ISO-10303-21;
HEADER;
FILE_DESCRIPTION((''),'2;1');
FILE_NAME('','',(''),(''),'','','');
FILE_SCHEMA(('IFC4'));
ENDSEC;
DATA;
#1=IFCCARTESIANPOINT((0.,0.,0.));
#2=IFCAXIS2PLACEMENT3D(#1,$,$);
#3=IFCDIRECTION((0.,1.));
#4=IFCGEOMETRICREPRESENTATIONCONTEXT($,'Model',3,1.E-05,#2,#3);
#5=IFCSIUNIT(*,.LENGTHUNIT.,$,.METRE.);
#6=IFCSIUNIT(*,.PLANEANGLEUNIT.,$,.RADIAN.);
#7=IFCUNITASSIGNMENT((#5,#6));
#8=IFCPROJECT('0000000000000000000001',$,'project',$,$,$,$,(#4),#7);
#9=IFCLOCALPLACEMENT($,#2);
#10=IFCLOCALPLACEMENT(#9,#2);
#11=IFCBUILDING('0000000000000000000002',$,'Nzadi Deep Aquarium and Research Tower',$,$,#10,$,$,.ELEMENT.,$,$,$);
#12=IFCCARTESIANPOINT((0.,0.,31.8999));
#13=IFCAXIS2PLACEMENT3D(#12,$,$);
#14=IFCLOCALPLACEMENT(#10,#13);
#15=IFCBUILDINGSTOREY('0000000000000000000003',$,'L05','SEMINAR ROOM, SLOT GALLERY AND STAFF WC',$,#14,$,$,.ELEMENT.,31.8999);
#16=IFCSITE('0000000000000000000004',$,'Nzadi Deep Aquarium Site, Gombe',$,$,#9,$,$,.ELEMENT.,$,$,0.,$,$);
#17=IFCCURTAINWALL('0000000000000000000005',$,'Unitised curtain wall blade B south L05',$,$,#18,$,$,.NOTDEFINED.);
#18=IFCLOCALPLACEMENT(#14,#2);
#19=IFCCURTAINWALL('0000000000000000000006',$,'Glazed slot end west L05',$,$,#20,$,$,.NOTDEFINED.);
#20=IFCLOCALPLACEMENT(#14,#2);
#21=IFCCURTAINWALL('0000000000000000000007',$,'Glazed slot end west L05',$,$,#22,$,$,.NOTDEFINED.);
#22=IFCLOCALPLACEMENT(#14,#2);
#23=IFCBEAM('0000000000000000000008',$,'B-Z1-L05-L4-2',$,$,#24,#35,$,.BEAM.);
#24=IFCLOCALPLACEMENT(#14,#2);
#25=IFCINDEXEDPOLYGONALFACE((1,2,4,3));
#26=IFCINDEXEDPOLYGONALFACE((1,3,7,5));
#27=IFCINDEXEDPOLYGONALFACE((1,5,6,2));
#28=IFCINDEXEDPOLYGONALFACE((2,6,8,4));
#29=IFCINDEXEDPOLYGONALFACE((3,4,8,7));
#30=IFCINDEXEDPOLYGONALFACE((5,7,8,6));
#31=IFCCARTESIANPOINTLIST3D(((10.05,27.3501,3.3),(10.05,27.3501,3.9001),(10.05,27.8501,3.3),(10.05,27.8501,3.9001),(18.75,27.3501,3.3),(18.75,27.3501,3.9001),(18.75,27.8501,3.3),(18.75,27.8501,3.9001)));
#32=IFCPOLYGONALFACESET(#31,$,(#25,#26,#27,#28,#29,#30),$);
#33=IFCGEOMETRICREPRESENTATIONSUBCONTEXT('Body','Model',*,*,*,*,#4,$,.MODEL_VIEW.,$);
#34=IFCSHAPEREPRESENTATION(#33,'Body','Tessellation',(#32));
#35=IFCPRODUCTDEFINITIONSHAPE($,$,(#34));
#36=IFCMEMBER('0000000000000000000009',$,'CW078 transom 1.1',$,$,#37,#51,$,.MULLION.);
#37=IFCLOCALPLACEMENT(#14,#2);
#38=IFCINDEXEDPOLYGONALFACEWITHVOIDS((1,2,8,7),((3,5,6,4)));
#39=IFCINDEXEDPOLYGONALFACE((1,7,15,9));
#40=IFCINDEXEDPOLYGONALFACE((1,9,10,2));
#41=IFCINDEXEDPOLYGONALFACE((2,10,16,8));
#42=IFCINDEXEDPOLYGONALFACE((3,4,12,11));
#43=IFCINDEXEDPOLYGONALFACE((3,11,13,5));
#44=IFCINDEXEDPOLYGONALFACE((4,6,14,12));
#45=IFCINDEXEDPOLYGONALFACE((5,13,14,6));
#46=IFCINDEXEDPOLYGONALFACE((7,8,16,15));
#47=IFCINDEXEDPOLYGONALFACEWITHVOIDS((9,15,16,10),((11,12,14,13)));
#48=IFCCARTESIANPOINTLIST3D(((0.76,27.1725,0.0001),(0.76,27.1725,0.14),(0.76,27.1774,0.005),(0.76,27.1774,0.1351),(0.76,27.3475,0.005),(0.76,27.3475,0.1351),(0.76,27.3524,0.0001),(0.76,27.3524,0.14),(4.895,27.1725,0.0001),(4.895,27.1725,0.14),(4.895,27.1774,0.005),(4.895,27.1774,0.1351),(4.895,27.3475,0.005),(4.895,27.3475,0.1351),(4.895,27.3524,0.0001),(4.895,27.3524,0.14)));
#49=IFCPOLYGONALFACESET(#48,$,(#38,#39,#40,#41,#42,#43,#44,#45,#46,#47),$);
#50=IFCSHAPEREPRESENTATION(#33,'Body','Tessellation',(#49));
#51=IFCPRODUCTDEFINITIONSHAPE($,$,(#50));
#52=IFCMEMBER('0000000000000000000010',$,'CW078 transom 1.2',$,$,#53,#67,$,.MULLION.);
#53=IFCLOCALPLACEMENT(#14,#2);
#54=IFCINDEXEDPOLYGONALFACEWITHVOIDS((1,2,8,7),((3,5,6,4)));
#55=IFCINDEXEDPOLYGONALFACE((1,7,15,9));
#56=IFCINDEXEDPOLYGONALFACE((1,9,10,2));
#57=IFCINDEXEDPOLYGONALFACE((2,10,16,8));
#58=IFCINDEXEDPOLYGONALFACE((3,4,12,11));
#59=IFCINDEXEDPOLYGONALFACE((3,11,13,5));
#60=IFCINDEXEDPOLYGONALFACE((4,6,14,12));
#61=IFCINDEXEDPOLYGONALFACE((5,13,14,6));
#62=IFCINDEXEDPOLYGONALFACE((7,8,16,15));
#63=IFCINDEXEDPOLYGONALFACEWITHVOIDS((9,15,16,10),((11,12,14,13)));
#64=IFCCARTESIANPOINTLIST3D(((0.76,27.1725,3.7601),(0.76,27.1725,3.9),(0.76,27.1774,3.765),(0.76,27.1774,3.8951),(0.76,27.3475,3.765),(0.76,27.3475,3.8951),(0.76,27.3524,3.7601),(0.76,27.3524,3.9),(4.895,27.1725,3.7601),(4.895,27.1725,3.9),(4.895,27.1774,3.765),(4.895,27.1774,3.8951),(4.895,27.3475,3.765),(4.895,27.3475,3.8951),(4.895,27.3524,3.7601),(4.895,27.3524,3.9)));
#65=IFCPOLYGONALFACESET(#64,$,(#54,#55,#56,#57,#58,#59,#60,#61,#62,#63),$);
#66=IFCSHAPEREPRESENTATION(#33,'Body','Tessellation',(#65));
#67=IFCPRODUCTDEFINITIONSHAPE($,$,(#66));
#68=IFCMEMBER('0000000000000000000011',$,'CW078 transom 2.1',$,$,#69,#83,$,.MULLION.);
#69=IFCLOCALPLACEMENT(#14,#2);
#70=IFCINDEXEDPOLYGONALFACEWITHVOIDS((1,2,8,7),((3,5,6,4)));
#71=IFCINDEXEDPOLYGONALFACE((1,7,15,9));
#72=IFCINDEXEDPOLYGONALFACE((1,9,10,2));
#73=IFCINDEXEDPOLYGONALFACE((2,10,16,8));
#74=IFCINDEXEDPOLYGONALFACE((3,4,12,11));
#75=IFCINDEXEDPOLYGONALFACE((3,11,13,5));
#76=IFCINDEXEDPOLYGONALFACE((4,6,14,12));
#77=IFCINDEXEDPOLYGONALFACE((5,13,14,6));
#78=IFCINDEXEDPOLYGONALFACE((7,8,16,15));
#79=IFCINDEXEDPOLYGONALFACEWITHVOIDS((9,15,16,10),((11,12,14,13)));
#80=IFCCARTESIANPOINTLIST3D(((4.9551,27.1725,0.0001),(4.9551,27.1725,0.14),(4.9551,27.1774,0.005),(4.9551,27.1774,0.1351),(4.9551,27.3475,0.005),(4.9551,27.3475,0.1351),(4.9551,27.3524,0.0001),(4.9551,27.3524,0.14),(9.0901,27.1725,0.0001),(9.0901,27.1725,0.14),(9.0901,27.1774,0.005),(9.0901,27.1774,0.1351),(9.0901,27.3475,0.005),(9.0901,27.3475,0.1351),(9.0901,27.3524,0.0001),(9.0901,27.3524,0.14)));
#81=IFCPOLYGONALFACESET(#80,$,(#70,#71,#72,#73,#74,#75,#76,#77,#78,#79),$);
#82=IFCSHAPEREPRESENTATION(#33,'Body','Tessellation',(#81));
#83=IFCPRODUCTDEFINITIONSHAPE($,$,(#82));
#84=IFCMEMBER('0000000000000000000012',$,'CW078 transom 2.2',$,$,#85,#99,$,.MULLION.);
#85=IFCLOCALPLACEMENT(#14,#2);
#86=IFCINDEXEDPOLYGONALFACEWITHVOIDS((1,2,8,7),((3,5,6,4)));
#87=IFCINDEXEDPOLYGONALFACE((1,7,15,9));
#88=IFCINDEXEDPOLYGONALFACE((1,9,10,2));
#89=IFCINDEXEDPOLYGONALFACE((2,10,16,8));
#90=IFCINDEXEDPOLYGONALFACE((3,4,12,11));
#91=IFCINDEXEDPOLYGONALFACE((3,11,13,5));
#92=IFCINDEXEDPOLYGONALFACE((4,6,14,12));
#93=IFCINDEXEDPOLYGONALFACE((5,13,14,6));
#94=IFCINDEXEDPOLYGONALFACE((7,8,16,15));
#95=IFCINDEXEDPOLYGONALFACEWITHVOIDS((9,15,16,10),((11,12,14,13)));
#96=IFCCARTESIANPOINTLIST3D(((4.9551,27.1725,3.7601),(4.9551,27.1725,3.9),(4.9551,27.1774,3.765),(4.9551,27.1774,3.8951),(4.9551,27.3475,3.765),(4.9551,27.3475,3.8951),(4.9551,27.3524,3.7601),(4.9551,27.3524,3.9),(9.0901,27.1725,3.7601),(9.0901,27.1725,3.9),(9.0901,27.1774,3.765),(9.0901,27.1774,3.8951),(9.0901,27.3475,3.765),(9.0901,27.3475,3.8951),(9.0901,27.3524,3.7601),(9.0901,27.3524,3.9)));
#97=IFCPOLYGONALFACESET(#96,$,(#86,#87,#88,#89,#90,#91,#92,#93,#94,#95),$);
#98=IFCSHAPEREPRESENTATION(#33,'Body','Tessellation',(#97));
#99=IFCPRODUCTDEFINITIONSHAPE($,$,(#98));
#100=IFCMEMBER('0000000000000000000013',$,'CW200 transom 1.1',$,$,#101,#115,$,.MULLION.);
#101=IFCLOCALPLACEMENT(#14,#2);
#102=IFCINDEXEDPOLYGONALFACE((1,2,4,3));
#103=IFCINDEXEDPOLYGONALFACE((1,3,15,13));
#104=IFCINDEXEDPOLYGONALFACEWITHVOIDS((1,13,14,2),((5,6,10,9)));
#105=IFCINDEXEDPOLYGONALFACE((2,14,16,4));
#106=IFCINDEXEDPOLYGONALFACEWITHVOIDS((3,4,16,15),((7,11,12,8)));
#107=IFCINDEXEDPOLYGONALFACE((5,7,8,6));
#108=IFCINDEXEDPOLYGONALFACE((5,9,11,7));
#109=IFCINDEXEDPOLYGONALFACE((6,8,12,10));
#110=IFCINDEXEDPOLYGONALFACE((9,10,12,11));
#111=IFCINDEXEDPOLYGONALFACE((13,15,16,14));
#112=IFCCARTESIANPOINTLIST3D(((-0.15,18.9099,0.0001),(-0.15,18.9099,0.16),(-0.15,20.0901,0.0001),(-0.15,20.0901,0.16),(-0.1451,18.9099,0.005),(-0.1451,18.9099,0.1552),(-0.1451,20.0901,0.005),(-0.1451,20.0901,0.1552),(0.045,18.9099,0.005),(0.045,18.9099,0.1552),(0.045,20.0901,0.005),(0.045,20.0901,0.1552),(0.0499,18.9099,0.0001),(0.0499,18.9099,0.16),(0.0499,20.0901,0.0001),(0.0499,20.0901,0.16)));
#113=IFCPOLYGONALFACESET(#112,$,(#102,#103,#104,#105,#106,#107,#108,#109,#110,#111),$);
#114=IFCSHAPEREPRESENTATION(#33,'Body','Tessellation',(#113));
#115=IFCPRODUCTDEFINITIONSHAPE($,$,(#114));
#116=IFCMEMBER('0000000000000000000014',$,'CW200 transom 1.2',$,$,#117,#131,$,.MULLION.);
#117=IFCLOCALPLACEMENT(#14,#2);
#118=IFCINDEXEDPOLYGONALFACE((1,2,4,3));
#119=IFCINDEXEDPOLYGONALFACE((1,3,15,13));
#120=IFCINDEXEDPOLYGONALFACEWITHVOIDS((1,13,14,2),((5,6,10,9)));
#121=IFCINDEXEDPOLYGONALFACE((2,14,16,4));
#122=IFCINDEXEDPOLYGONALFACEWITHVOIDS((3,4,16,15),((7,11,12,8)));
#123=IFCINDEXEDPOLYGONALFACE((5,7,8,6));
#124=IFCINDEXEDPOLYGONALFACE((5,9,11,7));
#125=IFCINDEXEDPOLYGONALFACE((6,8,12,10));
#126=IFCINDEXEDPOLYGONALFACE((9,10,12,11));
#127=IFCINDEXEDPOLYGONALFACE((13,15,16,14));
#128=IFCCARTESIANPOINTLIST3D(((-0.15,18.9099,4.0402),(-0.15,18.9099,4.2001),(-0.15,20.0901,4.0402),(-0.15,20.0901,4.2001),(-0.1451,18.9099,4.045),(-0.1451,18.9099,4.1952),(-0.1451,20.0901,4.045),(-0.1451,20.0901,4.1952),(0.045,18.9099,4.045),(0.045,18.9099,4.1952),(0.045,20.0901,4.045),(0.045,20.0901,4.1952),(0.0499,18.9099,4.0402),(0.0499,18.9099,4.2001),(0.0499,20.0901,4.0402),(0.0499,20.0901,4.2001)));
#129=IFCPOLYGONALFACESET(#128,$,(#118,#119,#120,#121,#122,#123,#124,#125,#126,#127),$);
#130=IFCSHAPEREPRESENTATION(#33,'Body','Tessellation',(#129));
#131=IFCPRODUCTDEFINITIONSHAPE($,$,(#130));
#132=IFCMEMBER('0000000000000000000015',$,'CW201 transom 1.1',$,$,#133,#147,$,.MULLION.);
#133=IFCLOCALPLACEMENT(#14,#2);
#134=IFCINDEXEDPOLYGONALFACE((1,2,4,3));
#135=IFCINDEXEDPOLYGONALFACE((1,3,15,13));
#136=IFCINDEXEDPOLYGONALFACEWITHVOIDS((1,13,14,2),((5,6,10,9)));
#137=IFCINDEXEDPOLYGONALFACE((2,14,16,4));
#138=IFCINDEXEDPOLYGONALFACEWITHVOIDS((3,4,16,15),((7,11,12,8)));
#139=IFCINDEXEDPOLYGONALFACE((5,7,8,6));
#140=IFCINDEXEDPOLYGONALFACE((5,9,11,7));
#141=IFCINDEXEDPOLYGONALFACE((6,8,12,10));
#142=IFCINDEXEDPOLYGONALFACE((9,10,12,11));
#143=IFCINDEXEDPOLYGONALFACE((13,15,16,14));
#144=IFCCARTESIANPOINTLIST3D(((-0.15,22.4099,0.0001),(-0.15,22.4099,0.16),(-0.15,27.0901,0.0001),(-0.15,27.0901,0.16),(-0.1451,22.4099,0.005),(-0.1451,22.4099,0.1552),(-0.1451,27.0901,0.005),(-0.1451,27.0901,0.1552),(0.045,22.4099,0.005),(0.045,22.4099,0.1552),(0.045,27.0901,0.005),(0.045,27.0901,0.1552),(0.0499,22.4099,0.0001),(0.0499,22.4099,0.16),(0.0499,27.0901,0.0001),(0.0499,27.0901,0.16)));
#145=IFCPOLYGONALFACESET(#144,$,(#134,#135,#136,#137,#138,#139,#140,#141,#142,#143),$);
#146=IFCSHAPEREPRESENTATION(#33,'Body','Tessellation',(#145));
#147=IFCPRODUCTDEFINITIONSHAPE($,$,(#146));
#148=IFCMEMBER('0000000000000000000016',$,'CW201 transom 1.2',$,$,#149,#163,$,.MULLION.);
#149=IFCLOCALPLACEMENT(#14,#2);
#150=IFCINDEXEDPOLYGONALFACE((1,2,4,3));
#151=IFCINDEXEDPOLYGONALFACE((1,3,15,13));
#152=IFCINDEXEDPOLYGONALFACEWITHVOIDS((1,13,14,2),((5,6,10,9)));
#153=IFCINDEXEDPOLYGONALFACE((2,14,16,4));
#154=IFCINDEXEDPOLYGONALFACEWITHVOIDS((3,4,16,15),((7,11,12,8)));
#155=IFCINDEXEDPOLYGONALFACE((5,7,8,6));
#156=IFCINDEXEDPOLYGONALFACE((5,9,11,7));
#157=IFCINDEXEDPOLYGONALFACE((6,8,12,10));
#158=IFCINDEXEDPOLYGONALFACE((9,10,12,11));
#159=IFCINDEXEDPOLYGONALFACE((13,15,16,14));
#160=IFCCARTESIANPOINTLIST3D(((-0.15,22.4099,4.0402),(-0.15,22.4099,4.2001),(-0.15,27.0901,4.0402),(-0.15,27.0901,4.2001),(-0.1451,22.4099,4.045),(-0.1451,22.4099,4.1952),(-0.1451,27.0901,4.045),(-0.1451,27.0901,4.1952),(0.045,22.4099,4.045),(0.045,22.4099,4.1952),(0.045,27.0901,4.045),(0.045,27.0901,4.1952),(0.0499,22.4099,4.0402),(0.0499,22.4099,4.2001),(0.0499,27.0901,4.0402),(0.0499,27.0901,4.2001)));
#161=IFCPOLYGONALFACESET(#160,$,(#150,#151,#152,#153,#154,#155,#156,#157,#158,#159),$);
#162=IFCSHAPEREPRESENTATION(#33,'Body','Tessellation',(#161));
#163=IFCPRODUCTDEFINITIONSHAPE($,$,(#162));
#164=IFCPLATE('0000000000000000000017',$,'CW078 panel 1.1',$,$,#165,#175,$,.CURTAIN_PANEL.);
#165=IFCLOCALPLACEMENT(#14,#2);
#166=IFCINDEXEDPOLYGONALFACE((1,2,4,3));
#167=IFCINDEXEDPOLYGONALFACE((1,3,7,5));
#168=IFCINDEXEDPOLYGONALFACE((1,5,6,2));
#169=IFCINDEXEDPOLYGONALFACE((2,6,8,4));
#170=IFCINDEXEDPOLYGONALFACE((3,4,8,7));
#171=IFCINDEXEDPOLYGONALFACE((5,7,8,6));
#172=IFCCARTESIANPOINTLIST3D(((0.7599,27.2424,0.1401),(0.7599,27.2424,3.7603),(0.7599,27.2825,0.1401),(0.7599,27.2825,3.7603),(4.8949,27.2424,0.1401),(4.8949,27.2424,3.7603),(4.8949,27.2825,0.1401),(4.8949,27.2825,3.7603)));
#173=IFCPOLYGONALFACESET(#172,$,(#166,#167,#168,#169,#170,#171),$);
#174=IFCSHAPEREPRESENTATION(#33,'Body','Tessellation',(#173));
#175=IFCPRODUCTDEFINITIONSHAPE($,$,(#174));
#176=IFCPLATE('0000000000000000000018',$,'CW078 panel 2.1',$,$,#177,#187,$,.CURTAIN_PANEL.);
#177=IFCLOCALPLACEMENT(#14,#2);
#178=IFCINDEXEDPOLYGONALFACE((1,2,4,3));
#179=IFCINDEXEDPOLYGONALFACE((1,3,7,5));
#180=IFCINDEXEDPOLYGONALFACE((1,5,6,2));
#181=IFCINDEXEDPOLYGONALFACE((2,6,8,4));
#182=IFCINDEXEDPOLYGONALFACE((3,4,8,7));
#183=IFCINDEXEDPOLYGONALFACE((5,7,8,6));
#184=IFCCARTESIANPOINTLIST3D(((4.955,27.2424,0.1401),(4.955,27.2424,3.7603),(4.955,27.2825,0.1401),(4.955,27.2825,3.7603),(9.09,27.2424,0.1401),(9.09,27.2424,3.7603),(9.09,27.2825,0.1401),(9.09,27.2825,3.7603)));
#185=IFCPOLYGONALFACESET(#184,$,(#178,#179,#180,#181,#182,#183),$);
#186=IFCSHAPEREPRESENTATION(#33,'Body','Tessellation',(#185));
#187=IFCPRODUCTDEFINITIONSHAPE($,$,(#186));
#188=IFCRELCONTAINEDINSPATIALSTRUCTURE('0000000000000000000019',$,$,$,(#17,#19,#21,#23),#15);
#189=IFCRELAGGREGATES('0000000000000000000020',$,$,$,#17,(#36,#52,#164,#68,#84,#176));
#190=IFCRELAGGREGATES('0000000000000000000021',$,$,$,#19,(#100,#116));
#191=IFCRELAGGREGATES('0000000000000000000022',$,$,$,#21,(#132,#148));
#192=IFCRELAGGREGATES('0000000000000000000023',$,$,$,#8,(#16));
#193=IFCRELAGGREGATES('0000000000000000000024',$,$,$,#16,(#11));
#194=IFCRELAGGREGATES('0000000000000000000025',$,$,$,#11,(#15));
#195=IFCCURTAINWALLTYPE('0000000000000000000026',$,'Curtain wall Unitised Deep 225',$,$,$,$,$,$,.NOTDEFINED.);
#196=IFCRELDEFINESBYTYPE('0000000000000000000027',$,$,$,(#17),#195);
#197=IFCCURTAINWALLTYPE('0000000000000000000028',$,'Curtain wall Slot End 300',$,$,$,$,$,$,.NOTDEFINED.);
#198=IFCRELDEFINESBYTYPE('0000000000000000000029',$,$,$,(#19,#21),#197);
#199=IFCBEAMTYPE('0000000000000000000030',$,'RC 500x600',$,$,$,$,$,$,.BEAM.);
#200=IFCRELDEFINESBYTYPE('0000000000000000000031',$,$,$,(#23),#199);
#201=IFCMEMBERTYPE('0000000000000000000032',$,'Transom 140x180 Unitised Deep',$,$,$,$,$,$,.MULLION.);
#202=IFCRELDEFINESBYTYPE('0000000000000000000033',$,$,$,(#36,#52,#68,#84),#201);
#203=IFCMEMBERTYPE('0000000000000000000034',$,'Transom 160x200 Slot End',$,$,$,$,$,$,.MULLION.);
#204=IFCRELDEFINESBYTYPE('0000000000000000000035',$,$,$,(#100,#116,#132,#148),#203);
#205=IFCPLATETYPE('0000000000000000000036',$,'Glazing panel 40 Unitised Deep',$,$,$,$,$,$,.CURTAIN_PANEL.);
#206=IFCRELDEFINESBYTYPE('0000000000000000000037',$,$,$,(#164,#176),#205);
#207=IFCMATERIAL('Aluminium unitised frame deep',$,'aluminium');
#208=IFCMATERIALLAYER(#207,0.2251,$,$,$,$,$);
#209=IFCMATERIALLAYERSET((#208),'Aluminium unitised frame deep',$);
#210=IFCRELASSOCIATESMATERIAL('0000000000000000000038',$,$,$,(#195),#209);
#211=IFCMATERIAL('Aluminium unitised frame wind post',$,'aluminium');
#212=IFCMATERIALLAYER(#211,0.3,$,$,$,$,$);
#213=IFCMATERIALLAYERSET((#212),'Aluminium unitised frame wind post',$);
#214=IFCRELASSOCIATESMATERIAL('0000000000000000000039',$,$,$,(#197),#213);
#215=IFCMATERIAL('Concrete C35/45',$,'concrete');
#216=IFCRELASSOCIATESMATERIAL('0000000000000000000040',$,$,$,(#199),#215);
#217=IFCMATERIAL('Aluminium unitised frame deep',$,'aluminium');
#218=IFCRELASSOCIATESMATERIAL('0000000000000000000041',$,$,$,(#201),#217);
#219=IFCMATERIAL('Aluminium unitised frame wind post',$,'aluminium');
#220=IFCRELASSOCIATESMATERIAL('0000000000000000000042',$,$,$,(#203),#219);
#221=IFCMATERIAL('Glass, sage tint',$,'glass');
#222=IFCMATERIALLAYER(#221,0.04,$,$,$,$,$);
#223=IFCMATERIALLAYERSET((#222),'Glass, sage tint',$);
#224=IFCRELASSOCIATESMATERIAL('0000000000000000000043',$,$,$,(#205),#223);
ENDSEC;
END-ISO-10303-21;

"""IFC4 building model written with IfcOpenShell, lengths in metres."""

from ifc_helpers import new_model, si_unit, direction, frame, origin, origin_2d, place, context, subcontext, project, spatial, rectangle, hollow_rectangle, extrude, material, layer, layer_set, material_profile, profile_set, type_object, element, aggregate, save


model = new_model("IFC4")

# Units and contexts
model_context = context("Model", 3, precision=1e-05, world=origin(), true_north=direction((0.0, 1.0)))
body_context = subcontext(model_context, "Body", "Model", "MODEL_VIEW")
ifc_project = project(units=[si_unit("LENGTHUNIT", "METRE"), si_unit("PLANEANGLEUNIT", "RADIAN")], contexts=[model_context])

# Site, building, storey
site_placement = place(None, origin())
site = spatial("IfcSite", under=ifc_project, at=site_placement, Name="Nzadi Deep Aquarium Site, Gombe", CompositionType="ELEMENT", RefElevation=0.0)
building_placement = place(site_placement, origin())
building = spatial("IfcBuilding", under=site, at=building_placement, Name="Nzadi Deep Aquarium and Research Tower", CompositionType="ELEMENT")
storey_placement = place(building_placement, frame((0.0, 0.0, 31.8999)))
storey = spatial("IfcBuildingStorey", under=building, at=storey_placement, Name="L05", Description="SEMINAR ROOM, SLOT GALLERY AND STAFF WC", CompositionType="ELEMENT", Elevation=31.8999)

# Curtain walls
ifc_material_1 = material(Name="Aluminium unitised frame deep", Category="aluminium")
ifc_layer_1 = layer(ifc_material_1, 0.2251)
ifc_layer_set_1 = layer_set([ifc_layer_1], Name="Aluminium unitised frame deep")
curtain_wall_type_1 = type_object("IfcCurtainWallType", Name="Curtain wall Unitised Deep 225", PredefinedType="NOTDEFINED", material=ifc_layer_set_1)
curtain_wall_1_placement = place(storey_placement, origin())
curtain_wall_1 = element("IfcCurtainWall", 1, at=curtain_wall_1_placement, inside=storey, type_object=curtain_wall_type_1, Name="Unitised curtain wall blade B south L05", PredefinedType="NOTDEFINED")
ifc_material_2 = material(Name="Aluminium unitised frame wind post", Category="aluminium")
ifc_layer_2 = layer(ifc_material_2, 0.3)
ifc_layer_set_2 = layer_set([ifc_layer_2], Name="Aluminium unitised frame wind post")
curtain_wall_type_2 = type_object("IfcCurtainWallType", Name="Curtain wall Slot End 300", PredefinedType="NOTDEFINED", material=ifc_layer_set_2)
curtain_wall_2_placement = place(storey_placement, origin())
curtain_wall_2 = element("IfcCurtainWall", 2, at=curtain_wall_2_placement, inside=storey, type_object=curtain_wall_type_2, Name="Glazed slot end west L05", PredefinedType="NOTDEFINED")
curtain_wall_3_placement = place(storey_placement, origin())
curtain_wall_3 = element("IfcCurtainWall", 3, at=curtain_wall_3_placement, inside=storey, type_object=curtain_wall_type_2, Name="Glazed slot end west L05", PredefinedType="NOTDEFINED")

# Beam
ifc_material_3 = material(Name="Concrete C35/45", Category="concrete")
ifc_material_profile_1 = material_profile(ifc_material_3, rectangle(XDim=0.5, YDim=0.6001, at=origin_2d()))
ifc_profile_set_1 = profile_set([ifc_material_profile_1], Name="Concrete C35/45")
beam_type = type_object("IfcBeamType", Name="RC 500x600", PredefinedType="BEAM", material=ifc_profile_set_1)
beam_1_placement = place(storey_placement, frame((10.05, 27.6001, 3.6001), z_axis=(1.0, 0.0, 0.0), x_axis=(0.0, 1.0, 0.0)))
element("IfcBeam", 4, at=beam_1_placement, inside=storey, type_object=beam_type, Name="B-Z1-L05-L4-2", PredefinedType="BEAM", context=body_context, shape_type="SweptSolid", body=[
    extrude(rectangle(XDim=0.5, YDim=0.6001, at=origin_2d()), origin(), (0.0, 0.0, 1.0), 8.7),
])

# Members
ifc_material_4 = material(Name="Aluminium unitised frame deep", Category="aluminium")
ifc_material_profile_2 = material_profile(ifc_material_4, hollow_rectangle(XDim=0.1799, YDim=0.1399, WallThickness=0.0049, at=origin_2d()))
ifc_profile_set_2 = profile_set([ifc_material_profile_2], Name="Aluminium unitised frame deep")
member_type_1 = type_object("IfcMemberType", Name="Transom 140x180 Unitised Deep", PredefinedType="MULLION", material=ifc_profile_set_2)
member_1_placement = place(storey_placement, frame((0.76, 27.2625, 0.0701), z_axis=(1.0, 0.0, 0.0), x_axis=(0.0, 1.0, 0.0)))
member_1 = element("IfcMember", 5, at=member_1_placement, type_object=member_type_1, Name="CW078 transom 1.1", PredefinedType="MULLION", context=body_context, shape_type="SweptSolid", body=[
    extrude(hollow_rectangle(XDim=0.1799, YDim=0.1399, WallThickness=0.0049, at=origin_2d()), origin(), (0.0, 0.0, 1.0), 4.135),
])
member_2_placement = place(storey_placement, frame((0.76, 27.2625, 3.8301), z_axis=(1.0, 0.0, 0.0), x_axis=(0.0, 1.0, 0.0)))
member_2 = element("IfcMember", 6, at=member_2_placement, type_object=member_type_1, Name="CW078 transom 1.2", PredefinedType="MULLION", context=body_context, shape_type="SweptSolid", body=[
    extrude(hollow_rectangle(XDim=0.1799, YDim=0.1399, WallThickness=0.0049, at=origin_2d()), origin(), (0.0, 0.0, 1.0), 4.135),
])
member_3_placement = place(storey_placement, frame((4.9551, 27.2625, 0.0701), z_axis=(1.0, 0.0, 0.0), x_axis=(0.0, 1.0, 0.0)))
member_3 = element("IfcMember", 7, at=member_3_placement, type_object=member_type_1, Name="CW078 transom 2.1", PredefinedType="MULLION", context=body_context, shape_type="SweptSolid", body=[
    extrude(hollow_rectangle(XDim=0.1799, YDim=0.1399, WallThickness=0.0049, at=origin_2d()), origin(), (0.0, 0.0, 1.0), 4.135),
])
member_4_placement = place(storey_placement, frame((4.9551, 27.2625, 3.8301), z_axis=(1.0, 0.0, 0.0), x_axis=(0.0, 1.0, 0.0)))
member_4 = element("IfcMember", 8, at=member_4_placement, type_object=member_type_1, Name="CW078 transom 2.2", PredefinedType="MULLION", context=body_context, shape_type="SweptSolid", body=[
    extrude(hollow_rectangle(XDim=0.1799, YDim=0.1399, WallThickness=0.0049, at=origin_2d()), origin(), (0.0, 0.0, 1.0), 4.135),
])
ifc_material_5 = material(Name="Aluminium unitised frame wind post", Category="aluminium")
ifc_material_profile_3 = material_profile(ifc_material_5, hollow_rectangle(XDim=0.2, YDim=0.1599, WallThickness=0.0049, at=origin_2d()))
ifc_profile_set_3 = profile_set([ifc_material_profile_3], Name="Aluminium unitised frame wind post")
member_type_2 = type_object("IfcMemberType", Name="Transom 160x200 Slot End", PredefinedType="MULLION", material=ifc_profile_set_3)
member_5_placement = place(storey_placement, frame((-0.05, 18.9099, 0.0801), z_axis=(0.0, 1.0, 0.0), x_axis=(-1.0, 0.0, 0.0)))
member_5 = element("IfcMember", 9, at=member_5_placement, type_object=member_type_2, Name="CW200 transom 1.1", PredefinedType="MULLION", context=body_context, shape_type="SweptSolid", body=[
    extrude(hollow_rectangle(XDim=0.2, YDim=0.1599, WallThickness=0.0049, at=origin_2d()), origin(), (0.0, 0.0, 1.0), 1.1802),
])
member_6_placement = place(storey_placement, frame((-0.05, 18.9099, 4.1201), z_axis=(0.0, 1.0, 0.0), x_axis=(-1.0, 0.0, 0.0)))
member_6 = element("IfcMember", 10, at=member_6_placement, type_object=member_type_2, Name="CW200 transom 1.2", PredefinedType="MULLION", context=body_context, shape_type="SweptSolid", body=[
    extrude(hollow_rectangle(XDim=0.2, YDim=0.1599, WallThickness=0.0049, at=origin_2d()), origin(), (0.0, 0.0, 1.0), 1.1802),
])
member_7_placement = place(storey_placement, frame((-0.05, 22.4099, 0.0801), z_axis=(0.0, 1.0, 0.0), x_axis=(-1.0, 0.0, 0.0)))
member_7 = element("IfcMember", 11, at=member_7_placement, type_object=member_type_2, Name="CW201 transom 1.1", PredefinedType="MULLION", context=body_context, shape_type="SweptSolid", body=[
    extrude(hollow_rectangle(XDim=0.2, YDim=0.1599, WallThickness=0.0049, at=origin_2d()), origin(), (0.0, 0.0, 1.0), 4.6802),
])
member_8_placement = place(storey_placement, frame((-0.05, 22.4099, 4.1201), z_axis=(0.0, 1.0, 0.0), x_axis=(-1.0, 0.0, 0.0)))
member_8 = element("IfcMember", 12, at=member_8_placement, type_object=member_type_2, Name="CW201 transom 1.2", PredefinedType="MULLION", context=body_context, shape_type="SweptSolid", body=[
    extrude(hollow_rectangle(XDim=0.2, YDim=0.1599, WallThickness=0.0049, at=origin_2d()), origin(), (0.0, 0.0, 1.0), 4.6802),
])

# Plates
ifc_material_6 = material(Name="Glass, sage tint", Category="glass")
ifc_layer_3 = layer(ifc_material_6, 0.04)
ifc_layer_set_3 = layer_set([ifc_layer_3], Name="Glass, sage tint")
plate_type_1 = type_object("IfcPlateType", Name="Glazing panel 40 Unitised Deep", PredefinedType="CURTAIN_PANEL", material=ifc_layer_set_3)
plate_1_placement = place(storey_placement, frame((2.8274, 27.2625, 0.1401), z_axis=(0.0, 0.0, 1.0), x_axis=(1.0, 0.0, 0.0)))
plate_1 = element("IfcPlate", 13, at=plate_1_placement, type_object=plate_type_1, Name="CW078 panel 1.1", PredefinedType="CURTAIN_PANEL", context=body_context, shape_type="SweptSolid", body=[
    extrude(rectangle(XDim=4.135, YDim=0.04, at=origin_2d()), origin(), (0.0, 0.0, 1.0), 3.6201),
])
plate_2_placement = place(storey_placement, frame((7.0225, 27.2625, 0.1401), z_axis=(0.0, 0.0, 1.0), x_axis=(1.0, 0.0, 0.0)))
plate_2 = element("IfcPlate", 14, at=plate_2_placement, type_object=plate_type_1, Name="CW078 panel 2.1", PredefinedType="CURTAIN_PANEL", context=body_context, shape_type="SweptSolid", body=[
    extrude(rectangle(XDim=4.135, YDim=0.04, at=origin_2d()), origin(), (0.0, 0.0, 1.0), 3.6201),
])
aggregate(curtain_wall_1, [member_1, member_2, plate_1, member_3, member_4, plate_2])
aggregate(curtain_wall_2, [member_5, member_6])
aggregate(curtain_wall_3, [member_7, member_8])

save(model, "model.ifc")
